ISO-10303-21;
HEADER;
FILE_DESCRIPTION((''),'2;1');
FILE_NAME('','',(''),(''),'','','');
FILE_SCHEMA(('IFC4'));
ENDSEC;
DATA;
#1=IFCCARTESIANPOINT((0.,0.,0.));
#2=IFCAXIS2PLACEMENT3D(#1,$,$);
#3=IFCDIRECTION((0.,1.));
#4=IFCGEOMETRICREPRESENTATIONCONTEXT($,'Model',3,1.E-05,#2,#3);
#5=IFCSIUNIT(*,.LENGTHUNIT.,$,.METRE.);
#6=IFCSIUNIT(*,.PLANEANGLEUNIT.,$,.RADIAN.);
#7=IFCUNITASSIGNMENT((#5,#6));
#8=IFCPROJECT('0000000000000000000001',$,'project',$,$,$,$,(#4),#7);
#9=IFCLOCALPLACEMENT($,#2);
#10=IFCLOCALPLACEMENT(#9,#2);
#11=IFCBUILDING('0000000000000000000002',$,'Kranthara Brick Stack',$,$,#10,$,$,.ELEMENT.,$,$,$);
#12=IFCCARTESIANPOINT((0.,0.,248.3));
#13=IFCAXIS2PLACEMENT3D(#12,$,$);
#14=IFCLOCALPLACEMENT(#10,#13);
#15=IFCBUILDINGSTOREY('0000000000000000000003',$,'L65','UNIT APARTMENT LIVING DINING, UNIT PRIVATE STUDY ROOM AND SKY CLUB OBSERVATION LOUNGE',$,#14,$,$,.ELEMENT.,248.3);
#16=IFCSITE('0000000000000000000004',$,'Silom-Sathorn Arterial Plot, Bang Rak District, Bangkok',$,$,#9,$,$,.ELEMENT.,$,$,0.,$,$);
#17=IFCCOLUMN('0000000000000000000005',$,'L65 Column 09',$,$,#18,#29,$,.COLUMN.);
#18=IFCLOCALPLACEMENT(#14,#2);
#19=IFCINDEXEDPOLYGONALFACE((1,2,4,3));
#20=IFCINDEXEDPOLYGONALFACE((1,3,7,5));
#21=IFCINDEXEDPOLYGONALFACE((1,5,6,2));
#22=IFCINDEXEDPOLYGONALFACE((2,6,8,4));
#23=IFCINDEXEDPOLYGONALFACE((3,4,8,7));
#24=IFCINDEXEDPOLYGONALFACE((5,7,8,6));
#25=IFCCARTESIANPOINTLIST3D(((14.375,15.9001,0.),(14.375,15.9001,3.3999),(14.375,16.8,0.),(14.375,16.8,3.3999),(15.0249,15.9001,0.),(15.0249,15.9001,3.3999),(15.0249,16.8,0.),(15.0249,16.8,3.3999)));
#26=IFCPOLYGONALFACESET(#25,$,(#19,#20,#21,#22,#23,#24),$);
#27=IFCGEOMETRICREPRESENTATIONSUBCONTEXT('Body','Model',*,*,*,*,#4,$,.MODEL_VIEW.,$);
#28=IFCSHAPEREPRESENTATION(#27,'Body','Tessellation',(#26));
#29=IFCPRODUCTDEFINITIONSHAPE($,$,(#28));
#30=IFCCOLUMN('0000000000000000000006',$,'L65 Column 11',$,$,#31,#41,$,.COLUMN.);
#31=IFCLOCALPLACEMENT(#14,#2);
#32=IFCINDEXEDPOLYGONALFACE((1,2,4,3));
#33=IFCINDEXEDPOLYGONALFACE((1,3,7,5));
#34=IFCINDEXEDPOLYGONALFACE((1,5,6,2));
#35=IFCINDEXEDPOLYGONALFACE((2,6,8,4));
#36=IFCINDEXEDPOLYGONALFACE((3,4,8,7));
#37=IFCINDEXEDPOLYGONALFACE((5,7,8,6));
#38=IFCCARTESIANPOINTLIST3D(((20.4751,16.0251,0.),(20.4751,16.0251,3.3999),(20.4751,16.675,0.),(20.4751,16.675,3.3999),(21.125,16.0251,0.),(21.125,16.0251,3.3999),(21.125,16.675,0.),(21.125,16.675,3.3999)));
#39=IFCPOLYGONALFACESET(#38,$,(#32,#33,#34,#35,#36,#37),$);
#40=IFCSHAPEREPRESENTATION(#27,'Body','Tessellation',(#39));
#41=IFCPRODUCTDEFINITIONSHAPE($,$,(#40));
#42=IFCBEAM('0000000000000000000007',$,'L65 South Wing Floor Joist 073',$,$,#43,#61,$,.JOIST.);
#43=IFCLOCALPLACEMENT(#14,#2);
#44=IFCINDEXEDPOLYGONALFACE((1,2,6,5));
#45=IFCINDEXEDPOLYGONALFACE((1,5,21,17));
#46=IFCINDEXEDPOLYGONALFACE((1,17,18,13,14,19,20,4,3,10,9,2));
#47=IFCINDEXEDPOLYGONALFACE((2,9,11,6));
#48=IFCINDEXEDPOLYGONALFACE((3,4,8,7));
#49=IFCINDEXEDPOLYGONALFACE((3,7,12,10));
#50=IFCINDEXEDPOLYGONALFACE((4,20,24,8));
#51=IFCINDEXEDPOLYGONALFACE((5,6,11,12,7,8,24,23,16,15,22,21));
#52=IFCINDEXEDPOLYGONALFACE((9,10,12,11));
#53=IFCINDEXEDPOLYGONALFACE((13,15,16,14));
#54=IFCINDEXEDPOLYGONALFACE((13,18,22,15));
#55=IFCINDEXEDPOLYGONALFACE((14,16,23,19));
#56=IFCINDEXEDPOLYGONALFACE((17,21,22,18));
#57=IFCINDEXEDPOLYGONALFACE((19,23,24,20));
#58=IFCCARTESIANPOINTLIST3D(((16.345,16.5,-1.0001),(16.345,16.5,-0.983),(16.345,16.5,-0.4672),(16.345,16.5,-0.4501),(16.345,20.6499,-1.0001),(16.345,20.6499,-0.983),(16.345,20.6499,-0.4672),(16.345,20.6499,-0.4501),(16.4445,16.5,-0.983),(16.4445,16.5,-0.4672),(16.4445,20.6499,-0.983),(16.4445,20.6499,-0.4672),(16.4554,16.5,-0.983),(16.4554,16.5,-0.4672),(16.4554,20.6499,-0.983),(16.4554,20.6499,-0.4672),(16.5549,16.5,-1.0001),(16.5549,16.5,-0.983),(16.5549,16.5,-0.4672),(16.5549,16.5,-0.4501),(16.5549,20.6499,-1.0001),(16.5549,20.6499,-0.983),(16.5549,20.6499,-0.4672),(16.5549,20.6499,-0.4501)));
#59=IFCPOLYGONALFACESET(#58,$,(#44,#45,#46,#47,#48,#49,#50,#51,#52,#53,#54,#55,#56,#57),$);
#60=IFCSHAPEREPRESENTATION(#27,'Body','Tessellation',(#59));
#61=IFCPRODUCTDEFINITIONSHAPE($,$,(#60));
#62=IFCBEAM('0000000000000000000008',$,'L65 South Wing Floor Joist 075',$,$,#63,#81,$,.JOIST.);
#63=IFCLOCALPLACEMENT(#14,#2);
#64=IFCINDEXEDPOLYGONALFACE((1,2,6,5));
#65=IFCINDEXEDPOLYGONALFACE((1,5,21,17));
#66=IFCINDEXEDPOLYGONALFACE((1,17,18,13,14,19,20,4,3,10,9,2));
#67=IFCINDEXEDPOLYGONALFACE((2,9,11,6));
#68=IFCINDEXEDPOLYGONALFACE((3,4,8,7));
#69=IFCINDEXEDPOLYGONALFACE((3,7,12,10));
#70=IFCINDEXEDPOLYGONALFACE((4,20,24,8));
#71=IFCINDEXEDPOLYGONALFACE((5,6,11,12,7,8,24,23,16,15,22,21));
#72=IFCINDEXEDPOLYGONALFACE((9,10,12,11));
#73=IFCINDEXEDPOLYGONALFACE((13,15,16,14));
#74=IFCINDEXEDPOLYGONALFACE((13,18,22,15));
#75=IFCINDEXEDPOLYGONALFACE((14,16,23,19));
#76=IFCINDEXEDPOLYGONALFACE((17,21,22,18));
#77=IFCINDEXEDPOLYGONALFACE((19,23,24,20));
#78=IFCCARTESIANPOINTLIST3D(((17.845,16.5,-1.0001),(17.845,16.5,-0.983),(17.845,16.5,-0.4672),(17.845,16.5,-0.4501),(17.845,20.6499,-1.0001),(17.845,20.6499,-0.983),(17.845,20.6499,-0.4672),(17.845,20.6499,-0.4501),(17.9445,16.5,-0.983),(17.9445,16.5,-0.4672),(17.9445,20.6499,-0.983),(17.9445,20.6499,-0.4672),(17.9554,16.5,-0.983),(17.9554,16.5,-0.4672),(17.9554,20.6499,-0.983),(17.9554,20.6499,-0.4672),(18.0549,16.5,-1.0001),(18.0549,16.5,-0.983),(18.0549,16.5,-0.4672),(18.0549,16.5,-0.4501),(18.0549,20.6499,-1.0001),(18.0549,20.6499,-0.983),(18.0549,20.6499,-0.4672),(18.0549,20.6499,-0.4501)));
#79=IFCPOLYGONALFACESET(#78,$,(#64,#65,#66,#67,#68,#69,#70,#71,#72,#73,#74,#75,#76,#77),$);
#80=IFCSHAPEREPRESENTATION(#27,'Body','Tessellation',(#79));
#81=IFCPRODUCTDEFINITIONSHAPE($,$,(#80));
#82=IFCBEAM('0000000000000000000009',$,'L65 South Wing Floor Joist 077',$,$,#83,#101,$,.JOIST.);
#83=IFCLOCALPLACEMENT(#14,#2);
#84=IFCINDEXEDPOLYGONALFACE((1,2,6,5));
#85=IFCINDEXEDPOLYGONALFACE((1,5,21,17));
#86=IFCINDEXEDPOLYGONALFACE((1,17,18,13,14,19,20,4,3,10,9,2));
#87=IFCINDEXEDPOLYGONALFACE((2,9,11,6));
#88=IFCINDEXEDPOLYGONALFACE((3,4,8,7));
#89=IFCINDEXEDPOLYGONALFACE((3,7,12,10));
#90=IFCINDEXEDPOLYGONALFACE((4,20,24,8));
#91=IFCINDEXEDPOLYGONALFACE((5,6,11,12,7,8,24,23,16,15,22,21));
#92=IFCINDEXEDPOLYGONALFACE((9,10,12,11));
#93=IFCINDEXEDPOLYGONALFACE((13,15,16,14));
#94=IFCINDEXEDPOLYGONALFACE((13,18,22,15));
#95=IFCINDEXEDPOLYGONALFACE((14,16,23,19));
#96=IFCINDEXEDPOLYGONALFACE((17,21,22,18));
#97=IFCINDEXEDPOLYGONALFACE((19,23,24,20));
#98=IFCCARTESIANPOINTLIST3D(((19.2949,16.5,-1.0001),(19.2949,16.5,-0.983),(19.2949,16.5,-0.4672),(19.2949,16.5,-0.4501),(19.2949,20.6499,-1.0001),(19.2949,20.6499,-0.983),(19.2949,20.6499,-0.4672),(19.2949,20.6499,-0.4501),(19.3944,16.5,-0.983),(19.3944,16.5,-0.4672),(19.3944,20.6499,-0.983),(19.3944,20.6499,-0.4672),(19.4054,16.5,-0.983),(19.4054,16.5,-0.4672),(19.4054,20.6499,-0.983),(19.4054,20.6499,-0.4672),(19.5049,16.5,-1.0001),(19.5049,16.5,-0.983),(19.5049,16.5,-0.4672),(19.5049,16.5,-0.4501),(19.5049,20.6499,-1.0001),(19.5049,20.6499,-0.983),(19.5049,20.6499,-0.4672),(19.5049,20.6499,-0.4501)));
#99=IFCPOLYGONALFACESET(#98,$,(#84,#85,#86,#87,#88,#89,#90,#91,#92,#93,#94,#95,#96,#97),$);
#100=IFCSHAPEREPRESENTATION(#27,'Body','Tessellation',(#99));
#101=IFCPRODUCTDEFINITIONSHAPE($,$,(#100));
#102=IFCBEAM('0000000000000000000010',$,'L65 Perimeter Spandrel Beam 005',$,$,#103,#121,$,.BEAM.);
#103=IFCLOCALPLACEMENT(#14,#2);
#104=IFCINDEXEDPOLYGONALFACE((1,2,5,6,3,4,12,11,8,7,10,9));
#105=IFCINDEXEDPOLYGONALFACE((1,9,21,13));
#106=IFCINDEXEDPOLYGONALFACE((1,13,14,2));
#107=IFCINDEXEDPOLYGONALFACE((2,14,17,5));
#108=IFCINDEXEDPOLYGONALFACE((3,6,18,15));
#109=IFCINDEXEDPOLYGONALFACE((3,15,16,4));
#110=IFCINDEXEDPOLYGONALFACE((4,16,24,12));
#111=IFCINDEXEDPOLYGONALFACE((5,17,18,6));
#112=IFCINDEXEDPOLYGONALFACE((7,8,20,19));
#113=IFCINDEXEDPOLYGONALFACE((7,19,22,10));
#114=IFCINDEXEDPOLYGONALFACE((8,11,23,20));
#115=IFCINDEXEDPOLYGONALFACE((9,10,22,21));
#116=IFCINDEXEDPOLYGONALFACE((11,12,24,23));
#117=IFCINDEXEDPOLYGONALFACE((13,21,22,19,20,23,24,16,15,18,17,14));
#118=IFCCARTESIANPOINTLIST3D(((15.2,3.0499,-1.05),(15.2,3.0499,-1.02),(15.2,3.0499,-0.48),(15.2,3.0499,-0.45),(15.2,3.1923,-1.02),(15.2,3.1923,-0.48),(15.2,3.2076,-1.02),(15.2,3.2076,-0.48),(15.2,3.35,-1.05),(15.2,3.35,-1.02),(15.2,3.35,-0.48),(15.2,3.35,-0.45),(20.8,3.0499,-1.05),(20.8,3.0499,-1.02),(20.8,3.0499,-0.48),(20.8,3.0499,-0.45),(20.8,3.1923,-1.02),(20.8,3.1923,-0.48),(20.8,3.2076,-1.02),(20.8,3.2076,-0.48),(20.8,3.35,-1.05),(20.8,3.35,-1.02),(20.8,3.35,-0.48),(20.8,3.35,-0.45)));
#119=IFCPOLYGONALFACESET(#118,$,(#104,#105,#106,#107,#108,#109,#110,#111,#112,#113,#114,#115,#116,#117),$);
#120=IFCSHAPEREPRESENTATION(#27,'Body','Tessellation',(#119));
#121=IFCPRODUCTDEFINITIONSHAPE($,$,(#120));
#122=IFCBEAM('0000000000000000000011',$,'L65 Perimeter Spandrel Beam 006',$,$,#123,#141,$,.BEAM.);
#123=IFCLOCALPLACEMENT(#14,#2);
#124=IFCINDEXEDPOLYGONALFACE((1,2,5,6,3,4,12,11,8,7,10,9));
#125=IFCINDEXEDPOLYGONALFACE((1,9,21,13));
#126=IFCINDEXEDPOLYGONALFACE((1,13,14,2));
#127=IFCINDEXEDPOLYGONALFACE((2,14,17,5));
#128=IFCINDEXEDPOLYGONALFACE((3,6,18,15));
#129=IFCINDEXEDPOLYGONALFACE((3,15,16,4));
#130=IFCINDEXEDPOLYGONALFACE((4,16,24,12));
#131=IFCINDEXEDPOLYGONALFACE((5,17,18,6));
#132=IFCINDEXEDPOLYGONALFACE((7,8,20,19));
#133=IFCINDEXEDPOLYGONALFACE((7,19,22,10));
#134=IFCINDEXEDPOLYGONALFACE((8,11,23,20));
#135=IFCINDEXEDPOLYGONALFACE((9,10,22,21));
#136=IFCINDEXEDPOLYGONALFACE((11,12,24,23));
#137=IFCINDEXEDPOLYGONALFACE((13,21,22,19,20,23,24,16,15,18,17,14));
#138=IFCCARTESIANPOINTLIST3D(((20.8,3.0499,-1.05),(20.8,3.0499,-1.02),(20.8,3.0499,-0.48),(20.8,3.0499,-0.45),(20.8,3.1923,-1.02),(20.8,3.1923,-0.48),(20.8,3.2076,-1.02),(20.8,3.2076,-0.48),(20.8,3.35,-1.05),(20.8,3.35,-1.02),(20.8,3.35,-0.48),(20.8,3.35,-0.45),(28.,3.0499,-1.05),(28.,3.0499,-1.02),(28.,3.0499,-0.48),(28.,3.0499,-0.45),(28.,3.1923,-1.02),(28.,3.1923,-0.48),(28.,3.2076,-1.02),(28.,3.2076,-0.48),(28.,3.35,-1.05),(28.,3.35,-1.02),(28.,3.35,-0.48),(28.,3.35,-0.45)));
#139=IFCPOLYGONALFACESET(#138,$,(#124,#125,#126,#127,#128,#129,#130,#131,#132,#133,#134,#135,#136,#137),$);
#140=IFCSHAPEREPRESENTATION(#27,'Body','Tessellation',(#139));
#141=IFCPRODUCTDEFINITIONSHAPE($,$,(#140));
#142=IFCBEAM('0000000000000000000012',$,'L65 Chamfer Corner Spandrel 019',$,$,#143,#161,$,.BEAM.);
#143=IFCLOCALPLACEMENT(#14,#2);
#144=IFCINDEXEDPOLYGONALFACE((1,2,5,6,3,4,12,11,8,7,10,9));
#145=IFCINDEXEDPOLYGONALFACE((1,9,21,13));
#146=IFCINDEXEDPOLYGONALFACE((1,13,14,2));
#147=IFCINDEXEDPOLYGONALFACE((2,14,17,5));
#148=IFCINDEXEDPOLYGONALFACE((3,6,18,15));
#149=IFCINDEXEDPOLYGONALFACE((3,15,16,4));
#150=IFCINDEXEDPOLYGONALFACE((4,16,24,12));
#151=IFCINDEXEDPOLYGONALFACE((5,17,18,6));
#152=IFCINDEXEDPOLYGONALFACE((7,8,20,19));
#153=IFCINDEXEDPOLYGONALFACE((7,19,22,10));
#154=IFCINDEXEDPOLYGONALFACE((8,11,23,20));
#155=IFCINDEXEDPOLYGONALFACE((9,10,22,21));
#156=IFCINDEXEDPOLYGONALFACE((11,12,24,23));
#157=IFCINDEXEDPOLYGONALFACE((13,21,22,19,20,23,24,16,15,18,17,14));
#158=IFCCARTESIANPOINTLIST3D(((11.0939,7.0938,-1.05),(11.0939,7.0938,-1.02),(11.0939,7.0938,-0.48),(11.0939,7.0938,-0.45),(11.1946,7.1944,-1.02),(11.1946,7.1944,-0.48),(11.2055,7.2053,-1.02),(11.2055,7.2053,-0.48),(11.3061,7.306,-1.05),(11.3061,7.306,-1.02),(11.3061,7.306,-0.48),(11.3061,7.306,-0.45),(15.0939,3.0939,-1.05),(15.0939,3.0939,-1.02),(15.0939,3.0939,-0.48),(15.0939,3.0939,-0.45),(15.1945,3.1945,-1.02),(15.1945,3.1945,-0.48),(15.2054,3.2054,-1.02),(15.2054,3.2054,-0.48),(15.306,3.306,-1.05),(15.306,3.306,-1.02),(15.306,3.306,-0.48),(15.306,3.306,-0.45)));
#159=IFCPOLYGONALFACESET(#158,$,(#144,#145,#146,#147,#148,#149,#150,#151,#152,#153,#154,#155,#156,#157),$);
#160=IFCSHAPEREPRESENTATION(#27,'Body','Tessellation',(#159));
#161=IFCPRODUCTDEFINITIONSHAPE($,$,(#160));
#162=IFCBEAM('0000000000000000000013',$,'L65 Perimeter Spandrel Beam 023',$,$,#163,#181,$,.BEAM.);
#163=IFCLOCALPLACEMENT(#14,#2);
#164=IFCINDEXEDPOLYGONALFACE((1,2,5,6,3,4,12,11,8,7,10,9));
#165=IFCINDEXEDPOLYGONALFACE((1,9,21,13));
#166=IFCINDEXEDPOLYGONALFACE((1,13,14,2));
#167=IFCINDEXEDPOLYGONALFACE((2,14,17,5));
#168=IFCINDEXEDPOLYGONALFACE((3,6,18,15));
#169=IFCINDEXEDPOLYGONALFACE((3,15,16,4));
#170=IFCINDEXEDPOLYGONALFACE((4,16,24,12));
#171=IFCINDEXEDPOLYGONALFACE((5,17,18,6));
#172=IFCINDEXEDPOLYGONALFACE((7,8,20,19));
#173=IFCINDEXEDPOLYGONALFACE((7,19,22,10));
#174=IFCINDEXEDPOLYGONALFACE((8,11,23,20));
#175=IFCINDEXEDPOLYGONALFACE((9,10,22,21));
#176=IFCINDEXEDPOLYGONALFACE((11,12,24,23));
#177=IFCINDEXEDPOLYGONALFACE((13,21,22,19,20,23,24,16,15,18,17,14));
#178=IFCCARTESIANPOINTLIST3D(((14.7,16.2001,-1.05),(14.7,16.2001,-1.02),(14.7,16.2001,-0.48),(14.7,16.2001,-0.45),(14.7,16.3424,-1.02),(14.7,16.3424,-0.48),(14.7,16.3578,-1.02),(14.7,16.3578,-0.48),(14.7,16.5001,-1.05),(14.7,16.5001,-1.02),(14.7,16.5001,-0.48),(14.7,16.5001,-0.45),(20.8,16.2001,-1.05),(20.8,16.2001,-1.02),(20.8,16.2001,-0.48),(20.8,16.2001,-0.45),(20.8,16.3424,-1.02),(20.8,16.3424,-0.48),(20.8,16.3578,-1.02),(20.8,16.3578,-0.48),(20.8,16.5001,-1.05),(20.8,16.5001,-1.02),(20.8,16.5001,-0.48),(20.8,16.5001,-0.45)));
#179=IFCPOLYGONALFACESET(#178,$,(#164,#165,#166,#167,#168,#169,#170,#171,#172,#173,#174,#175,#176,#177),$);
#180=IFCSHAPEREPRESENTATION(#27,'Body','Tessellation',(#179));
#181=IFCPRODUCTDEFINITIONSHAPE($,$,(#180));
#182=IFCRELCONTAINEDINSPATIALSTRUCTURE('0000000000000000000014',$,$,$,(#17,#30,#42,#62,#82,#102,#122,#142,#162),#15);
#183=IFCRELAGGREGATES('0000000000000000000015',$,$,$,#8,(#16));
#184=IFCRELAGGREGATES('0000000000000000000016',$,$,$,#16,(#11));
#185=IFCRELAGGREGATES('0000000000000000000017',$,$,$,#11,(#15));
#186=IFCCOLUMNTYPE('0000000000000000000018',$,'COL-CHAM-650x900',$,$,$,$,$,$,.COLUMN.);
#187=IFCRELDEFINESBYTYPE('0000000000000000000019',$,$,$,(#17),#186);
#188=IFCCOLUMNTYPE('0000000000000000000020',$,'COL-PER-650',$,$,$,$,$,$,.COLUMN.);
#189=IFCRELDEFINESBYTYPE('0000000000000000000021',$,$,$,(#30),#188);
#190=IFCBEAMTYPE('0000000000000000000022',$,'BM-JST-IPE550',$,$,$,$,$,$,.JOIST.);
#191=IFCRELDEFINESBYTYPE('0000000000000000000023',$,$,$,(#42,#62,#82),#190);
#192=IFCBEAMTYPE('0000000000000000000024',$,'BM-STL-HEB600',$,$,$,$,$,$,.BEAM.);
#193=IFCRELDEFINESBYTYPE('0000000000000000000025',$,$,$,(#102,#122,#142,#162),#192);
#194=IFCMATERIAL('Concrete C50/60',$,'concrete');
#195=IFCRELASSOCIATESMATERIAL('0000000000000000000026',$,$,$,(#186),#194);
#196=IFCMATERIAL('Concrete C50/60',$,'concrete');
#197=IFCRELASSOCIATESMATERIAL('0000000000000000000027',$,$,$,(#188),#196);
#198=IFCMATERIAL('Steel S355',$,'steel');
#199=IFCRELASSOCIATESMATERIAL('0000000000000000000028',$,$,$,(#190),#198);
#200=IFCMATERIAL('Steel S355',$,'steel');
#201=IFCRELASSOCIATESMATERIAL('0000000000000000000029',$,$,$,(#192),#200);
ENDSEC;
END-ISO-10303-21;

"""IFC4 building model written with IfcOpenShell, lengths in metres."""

from ifc_helpers import new_model, si_unit, direction, frame, origin, origin_2d, place, context, subcontext, project, spatial, rectangle, i_section, extrude, material, material_profile, profile_set, type_object, element, save


model = new_model("IFC4")

# Units and contexts
model_context = context("Model", 3, precision=1e-05, world=origin(), true_north=direction((0.0, 1.0)))
body_context = subcontext(model_context, "Body", "Model", "MODEL_VIEW")
ifc_project = project(units=[si_unit("LENGTHUNIT", "METRE"), si_unit("PLANEANGLEUNIT", "RADIAN")], contexts=[model_context])

# Site, building, storey
site_placement = place(None, origin())
site = spatial("IfcSite", under=ifc_project, at=site_placement, Name="Silom-Sathorn Arterial Plot, Bang Rak District, Bangkok", CompositionType="ELEMENT", RefElevation=0.0)
building_placement = place(site_placement, origin())
building = spatial("IfcBuilding", under=site, at=building_placement, Name="Kranthara Brick Stack", CompositionType="ELEMENT")
storey_placement = place(building_placement, frame((0.0, 0.0, 248.3)))
storey = spatial("IfcBuildingStorey", under=building, at=storey_placement, Name="L65", Description="UNIT APARTMENT LIVING DINING, UNIT PRIVATE STUDY ROOM AND SKY CLUB OBSERVATION LOUNGE", CompositionType="ELEMENT", Elevation=248.3)

# Columns
ifc_material_1 = material(Name="Concrete C50/60", Category="concrete")
ifc_material_profile_1 = material_profile(ifc_material_1, rectangle(XDim=0.6499, YDim=0.8999, at=origin_2d()), Name="RC 650x900")
ifc_profile_set_1 = profile_set([ifc_material_profile_1], Name="Concrete C50/60")
column_type_1 = type_object("IfcColumnType", Name="COL-CHAM-650x900", PredefinedType="COLUMN", material=ifc_profile_set_1)
column_1_placement = place(storey_placement, frame((14.7, 16.3501, 0.0), z_axis=(0.0, 0.0, 1.0), x_axis=(1.0, 0.0, 0.0)))
element("IfcColumn", 1, at=column_1_placement, inside=storey, type_object=column_type_1, Name="L65 Column 09", PredefinedType="COLUMN", context=body_context, shape_type="SweptSolid", body=[
    extrude(rectangle(XDim=0.6499, YDim=0.8999, at=origin_2d()), origin(), (0.0, 0.0, 1.0), 3.3999),
])
ifc_material_2 = material(Name="Concrete C50/60", Category="concrete")
ifc_material_profile_2 = material_profile(ifc_material_2, rectangle(XDim=0.6499, YDim=0.6499, at=origin_2d()), Name="RC 650x650")
ifc_profile_set_2 = profile_set([ifc_material_profile_2], Name="Concrete C50/60")
column_type_2 = type_object("IfcColumnType", Name="COL-PER-650", PredefinedType="COLUMN", material=ifc_profile_set_2)
column_2_placement = place(storey_placement, frame((20.8, 16.3501, 0.0), z_axis=(0.0, 0.0, 1.0), x_axis=(1.0, 0.0, 0.0)))
element("IfcColumn", 2, at=column_2_placement, inside=storey, type_object=column_type_2, Name="L65 Column 11", PredefinedType="COLUMN", context=body_context, shape_type="SweptSolid", body=[
    extrude(rectangle(XDim=0.6499, YDim=0.6499, at=origin_2d()), origin(), (0.0, 0.0, 1.0), 3.3999),
])

# Beams
ifc_material_3 = material(Name="Steel S355", Category="steel")
ifc_material_profile_3 = material_profile(ifc_material_3, i_section(OverallWidth=0.21, OverallDepth=0.55, WebThickness=0.011, FlangeThickness=0.0171, at=origin_2d()), Name="IPE 550")
ifc_profile_set_3 = profile_set([ifc_material_profile_3], Name="Steel S355")
beam_type_1 = type_object("IfcBeamType", Name="BM-JST-IPE550", PredefinedType="JOIST", material=ifc_profile_set_3)
for number, where, z_axis, x_axis, name in (
    (3, (16.45, 16.5, -0.7251), (0.0, 1.0, 0.0), (-1.0, 0.0, 0.0), "L65 South Wing Floor Joist 073"),
    (4, (17.95, 16.5, -0.7251), (0.0, 1.0, 0.0), (-1.0, 0.0, 0.0), "L65 South Wing Floor Joist 075"),
    (5, (19.3999, 16.5, -0.7251), (0.0, 1.0, 0.0), (-1.0, 0.0, 0.0), "L65 South Wing Floor Joist 077"),
):
    element("IfcBeam", number, at=place(storey_placement, frame(where, z_axis=z_axis, x_axis=x_axis)), inside=storey, type_object=beam_type_1, Name=name, PredefinedType="JOIST", context=body_context, shape_type="SweptSolid", body=[
        extrude(i_section(OverallWidth=0.21, OverallDepth=0.55, WebThickness=0.011, FlangeThickness=0.0171, at=origin_2d()), origin(), (0.0, 0.0, 1.0), 4.1499),
    ])
ifc_material_4 = material(Name="Steel S355", Category="steel")
ifc_material_profile_4 = material_profile(ifc_material_4, i_section(OverallWidth=0.3, OverallDepth=0.6001, WebThickness=0.0154, FlangeThickness=0.03, at=origin_2d()), Name="HEB 600")
ifc_profile_set_4 = profile_set([ifc_material_profile_4], Name="Steel S355")
beam_type_2 = type_object("IfcBeamType", Name="BM-STL-HEB600", PredefinedType="BEAM", material=ifc_profile_set_4)
beam_1_placement = place(storey_placement, frame((15.2, 3.2, -0.75), z_axis=(1.0, 0.0, 0.0), x_axis=(0.0, 1.0, 0.0)))
element("IfcBeam", 6, at=beam_1_placement, inside=storey, type_object=beam_type_2, Name="L65 Perimeter Spandrel Beam 005", PredefinedType="BEAM", context=body_context, shape_type="SweptSolid", body=[
    extrude(i_section(OverallWidth=0.3, OverallDepth=0.6001, WebThickness=0.0154, FlangeThickness=0.03, at=origin_2d()), origin(), (0.0, 0.0, 1.0), 5.6001),
])
beam_2_placement = place(storey_placement, frame((20.8, 3.2, -0.75), z_axis=(1.0, 0.0, 0.0), x_axis=(0.0, 1.0, 0.0)))
element("IfcBeam", 7, at=beam_2_placement, inside=storey, type_object=beam_type_2, Name="L65 Perimeter Spandrel Beam 006", PredefinedType="BEAM", context=body_context, shape_type="SweptSolid", body=[
    extrude(i_section(OverallWidth=0.3, OverallDepth=0.6001, WebThickness=0.0154, FlangeThickness=0.03, at=origin_2d()), origin(), (0.0, 0.0, 1.0), 7.2),
])
beam_3_placement = place(storey_placement, frame((15.2, 3.2, -0.75), z_axis=(-0.707107, 0.707107, 0.0), x_axis=(-0.707107, -0.707107, 0.0)))
element("IfcBeam", 8, at=beam_3_placement, inside=storey, type_object=beam_type_2, Name="L65 Chamfer Corner Spandrel 019", PredefinedType="BEAM", context=body_context, shape_type="SweptSolid", body=[
    extrude(i_section(OverallWidth=0.3, OverallDepth=0.6001, WebThickness=0.0154, FlangeThickness=0.03, at=origin_2d()), origin(), (0.0, 0.0, 1.0), 5.6567),
])
beam_4_placement = place(storey_placement, frame((14.7, 16.3501, -0.75), z_axis=(1.0, 0.0, 0.0), x_axis=(0.0, 1.0, 0.0)))
element("IfcBeam", 9, at=beam_4_placement, inside=storey, type_object=beam_type_2, Name="L65 Perimeter Spandrel Beam 023", PredefinedType="BEAM", context=body_context, shape_type="SweptSolid", body=[
    extrude(i_section(OverallWidth=0.3, OverallDepth=0.6001, WebThickness=0.0154, FlangeThickness=0.03, at=origin_2d()), origin(), (0.0, 0.0, 1.0), 6.1001),
])

save(model, "model.ifc")
